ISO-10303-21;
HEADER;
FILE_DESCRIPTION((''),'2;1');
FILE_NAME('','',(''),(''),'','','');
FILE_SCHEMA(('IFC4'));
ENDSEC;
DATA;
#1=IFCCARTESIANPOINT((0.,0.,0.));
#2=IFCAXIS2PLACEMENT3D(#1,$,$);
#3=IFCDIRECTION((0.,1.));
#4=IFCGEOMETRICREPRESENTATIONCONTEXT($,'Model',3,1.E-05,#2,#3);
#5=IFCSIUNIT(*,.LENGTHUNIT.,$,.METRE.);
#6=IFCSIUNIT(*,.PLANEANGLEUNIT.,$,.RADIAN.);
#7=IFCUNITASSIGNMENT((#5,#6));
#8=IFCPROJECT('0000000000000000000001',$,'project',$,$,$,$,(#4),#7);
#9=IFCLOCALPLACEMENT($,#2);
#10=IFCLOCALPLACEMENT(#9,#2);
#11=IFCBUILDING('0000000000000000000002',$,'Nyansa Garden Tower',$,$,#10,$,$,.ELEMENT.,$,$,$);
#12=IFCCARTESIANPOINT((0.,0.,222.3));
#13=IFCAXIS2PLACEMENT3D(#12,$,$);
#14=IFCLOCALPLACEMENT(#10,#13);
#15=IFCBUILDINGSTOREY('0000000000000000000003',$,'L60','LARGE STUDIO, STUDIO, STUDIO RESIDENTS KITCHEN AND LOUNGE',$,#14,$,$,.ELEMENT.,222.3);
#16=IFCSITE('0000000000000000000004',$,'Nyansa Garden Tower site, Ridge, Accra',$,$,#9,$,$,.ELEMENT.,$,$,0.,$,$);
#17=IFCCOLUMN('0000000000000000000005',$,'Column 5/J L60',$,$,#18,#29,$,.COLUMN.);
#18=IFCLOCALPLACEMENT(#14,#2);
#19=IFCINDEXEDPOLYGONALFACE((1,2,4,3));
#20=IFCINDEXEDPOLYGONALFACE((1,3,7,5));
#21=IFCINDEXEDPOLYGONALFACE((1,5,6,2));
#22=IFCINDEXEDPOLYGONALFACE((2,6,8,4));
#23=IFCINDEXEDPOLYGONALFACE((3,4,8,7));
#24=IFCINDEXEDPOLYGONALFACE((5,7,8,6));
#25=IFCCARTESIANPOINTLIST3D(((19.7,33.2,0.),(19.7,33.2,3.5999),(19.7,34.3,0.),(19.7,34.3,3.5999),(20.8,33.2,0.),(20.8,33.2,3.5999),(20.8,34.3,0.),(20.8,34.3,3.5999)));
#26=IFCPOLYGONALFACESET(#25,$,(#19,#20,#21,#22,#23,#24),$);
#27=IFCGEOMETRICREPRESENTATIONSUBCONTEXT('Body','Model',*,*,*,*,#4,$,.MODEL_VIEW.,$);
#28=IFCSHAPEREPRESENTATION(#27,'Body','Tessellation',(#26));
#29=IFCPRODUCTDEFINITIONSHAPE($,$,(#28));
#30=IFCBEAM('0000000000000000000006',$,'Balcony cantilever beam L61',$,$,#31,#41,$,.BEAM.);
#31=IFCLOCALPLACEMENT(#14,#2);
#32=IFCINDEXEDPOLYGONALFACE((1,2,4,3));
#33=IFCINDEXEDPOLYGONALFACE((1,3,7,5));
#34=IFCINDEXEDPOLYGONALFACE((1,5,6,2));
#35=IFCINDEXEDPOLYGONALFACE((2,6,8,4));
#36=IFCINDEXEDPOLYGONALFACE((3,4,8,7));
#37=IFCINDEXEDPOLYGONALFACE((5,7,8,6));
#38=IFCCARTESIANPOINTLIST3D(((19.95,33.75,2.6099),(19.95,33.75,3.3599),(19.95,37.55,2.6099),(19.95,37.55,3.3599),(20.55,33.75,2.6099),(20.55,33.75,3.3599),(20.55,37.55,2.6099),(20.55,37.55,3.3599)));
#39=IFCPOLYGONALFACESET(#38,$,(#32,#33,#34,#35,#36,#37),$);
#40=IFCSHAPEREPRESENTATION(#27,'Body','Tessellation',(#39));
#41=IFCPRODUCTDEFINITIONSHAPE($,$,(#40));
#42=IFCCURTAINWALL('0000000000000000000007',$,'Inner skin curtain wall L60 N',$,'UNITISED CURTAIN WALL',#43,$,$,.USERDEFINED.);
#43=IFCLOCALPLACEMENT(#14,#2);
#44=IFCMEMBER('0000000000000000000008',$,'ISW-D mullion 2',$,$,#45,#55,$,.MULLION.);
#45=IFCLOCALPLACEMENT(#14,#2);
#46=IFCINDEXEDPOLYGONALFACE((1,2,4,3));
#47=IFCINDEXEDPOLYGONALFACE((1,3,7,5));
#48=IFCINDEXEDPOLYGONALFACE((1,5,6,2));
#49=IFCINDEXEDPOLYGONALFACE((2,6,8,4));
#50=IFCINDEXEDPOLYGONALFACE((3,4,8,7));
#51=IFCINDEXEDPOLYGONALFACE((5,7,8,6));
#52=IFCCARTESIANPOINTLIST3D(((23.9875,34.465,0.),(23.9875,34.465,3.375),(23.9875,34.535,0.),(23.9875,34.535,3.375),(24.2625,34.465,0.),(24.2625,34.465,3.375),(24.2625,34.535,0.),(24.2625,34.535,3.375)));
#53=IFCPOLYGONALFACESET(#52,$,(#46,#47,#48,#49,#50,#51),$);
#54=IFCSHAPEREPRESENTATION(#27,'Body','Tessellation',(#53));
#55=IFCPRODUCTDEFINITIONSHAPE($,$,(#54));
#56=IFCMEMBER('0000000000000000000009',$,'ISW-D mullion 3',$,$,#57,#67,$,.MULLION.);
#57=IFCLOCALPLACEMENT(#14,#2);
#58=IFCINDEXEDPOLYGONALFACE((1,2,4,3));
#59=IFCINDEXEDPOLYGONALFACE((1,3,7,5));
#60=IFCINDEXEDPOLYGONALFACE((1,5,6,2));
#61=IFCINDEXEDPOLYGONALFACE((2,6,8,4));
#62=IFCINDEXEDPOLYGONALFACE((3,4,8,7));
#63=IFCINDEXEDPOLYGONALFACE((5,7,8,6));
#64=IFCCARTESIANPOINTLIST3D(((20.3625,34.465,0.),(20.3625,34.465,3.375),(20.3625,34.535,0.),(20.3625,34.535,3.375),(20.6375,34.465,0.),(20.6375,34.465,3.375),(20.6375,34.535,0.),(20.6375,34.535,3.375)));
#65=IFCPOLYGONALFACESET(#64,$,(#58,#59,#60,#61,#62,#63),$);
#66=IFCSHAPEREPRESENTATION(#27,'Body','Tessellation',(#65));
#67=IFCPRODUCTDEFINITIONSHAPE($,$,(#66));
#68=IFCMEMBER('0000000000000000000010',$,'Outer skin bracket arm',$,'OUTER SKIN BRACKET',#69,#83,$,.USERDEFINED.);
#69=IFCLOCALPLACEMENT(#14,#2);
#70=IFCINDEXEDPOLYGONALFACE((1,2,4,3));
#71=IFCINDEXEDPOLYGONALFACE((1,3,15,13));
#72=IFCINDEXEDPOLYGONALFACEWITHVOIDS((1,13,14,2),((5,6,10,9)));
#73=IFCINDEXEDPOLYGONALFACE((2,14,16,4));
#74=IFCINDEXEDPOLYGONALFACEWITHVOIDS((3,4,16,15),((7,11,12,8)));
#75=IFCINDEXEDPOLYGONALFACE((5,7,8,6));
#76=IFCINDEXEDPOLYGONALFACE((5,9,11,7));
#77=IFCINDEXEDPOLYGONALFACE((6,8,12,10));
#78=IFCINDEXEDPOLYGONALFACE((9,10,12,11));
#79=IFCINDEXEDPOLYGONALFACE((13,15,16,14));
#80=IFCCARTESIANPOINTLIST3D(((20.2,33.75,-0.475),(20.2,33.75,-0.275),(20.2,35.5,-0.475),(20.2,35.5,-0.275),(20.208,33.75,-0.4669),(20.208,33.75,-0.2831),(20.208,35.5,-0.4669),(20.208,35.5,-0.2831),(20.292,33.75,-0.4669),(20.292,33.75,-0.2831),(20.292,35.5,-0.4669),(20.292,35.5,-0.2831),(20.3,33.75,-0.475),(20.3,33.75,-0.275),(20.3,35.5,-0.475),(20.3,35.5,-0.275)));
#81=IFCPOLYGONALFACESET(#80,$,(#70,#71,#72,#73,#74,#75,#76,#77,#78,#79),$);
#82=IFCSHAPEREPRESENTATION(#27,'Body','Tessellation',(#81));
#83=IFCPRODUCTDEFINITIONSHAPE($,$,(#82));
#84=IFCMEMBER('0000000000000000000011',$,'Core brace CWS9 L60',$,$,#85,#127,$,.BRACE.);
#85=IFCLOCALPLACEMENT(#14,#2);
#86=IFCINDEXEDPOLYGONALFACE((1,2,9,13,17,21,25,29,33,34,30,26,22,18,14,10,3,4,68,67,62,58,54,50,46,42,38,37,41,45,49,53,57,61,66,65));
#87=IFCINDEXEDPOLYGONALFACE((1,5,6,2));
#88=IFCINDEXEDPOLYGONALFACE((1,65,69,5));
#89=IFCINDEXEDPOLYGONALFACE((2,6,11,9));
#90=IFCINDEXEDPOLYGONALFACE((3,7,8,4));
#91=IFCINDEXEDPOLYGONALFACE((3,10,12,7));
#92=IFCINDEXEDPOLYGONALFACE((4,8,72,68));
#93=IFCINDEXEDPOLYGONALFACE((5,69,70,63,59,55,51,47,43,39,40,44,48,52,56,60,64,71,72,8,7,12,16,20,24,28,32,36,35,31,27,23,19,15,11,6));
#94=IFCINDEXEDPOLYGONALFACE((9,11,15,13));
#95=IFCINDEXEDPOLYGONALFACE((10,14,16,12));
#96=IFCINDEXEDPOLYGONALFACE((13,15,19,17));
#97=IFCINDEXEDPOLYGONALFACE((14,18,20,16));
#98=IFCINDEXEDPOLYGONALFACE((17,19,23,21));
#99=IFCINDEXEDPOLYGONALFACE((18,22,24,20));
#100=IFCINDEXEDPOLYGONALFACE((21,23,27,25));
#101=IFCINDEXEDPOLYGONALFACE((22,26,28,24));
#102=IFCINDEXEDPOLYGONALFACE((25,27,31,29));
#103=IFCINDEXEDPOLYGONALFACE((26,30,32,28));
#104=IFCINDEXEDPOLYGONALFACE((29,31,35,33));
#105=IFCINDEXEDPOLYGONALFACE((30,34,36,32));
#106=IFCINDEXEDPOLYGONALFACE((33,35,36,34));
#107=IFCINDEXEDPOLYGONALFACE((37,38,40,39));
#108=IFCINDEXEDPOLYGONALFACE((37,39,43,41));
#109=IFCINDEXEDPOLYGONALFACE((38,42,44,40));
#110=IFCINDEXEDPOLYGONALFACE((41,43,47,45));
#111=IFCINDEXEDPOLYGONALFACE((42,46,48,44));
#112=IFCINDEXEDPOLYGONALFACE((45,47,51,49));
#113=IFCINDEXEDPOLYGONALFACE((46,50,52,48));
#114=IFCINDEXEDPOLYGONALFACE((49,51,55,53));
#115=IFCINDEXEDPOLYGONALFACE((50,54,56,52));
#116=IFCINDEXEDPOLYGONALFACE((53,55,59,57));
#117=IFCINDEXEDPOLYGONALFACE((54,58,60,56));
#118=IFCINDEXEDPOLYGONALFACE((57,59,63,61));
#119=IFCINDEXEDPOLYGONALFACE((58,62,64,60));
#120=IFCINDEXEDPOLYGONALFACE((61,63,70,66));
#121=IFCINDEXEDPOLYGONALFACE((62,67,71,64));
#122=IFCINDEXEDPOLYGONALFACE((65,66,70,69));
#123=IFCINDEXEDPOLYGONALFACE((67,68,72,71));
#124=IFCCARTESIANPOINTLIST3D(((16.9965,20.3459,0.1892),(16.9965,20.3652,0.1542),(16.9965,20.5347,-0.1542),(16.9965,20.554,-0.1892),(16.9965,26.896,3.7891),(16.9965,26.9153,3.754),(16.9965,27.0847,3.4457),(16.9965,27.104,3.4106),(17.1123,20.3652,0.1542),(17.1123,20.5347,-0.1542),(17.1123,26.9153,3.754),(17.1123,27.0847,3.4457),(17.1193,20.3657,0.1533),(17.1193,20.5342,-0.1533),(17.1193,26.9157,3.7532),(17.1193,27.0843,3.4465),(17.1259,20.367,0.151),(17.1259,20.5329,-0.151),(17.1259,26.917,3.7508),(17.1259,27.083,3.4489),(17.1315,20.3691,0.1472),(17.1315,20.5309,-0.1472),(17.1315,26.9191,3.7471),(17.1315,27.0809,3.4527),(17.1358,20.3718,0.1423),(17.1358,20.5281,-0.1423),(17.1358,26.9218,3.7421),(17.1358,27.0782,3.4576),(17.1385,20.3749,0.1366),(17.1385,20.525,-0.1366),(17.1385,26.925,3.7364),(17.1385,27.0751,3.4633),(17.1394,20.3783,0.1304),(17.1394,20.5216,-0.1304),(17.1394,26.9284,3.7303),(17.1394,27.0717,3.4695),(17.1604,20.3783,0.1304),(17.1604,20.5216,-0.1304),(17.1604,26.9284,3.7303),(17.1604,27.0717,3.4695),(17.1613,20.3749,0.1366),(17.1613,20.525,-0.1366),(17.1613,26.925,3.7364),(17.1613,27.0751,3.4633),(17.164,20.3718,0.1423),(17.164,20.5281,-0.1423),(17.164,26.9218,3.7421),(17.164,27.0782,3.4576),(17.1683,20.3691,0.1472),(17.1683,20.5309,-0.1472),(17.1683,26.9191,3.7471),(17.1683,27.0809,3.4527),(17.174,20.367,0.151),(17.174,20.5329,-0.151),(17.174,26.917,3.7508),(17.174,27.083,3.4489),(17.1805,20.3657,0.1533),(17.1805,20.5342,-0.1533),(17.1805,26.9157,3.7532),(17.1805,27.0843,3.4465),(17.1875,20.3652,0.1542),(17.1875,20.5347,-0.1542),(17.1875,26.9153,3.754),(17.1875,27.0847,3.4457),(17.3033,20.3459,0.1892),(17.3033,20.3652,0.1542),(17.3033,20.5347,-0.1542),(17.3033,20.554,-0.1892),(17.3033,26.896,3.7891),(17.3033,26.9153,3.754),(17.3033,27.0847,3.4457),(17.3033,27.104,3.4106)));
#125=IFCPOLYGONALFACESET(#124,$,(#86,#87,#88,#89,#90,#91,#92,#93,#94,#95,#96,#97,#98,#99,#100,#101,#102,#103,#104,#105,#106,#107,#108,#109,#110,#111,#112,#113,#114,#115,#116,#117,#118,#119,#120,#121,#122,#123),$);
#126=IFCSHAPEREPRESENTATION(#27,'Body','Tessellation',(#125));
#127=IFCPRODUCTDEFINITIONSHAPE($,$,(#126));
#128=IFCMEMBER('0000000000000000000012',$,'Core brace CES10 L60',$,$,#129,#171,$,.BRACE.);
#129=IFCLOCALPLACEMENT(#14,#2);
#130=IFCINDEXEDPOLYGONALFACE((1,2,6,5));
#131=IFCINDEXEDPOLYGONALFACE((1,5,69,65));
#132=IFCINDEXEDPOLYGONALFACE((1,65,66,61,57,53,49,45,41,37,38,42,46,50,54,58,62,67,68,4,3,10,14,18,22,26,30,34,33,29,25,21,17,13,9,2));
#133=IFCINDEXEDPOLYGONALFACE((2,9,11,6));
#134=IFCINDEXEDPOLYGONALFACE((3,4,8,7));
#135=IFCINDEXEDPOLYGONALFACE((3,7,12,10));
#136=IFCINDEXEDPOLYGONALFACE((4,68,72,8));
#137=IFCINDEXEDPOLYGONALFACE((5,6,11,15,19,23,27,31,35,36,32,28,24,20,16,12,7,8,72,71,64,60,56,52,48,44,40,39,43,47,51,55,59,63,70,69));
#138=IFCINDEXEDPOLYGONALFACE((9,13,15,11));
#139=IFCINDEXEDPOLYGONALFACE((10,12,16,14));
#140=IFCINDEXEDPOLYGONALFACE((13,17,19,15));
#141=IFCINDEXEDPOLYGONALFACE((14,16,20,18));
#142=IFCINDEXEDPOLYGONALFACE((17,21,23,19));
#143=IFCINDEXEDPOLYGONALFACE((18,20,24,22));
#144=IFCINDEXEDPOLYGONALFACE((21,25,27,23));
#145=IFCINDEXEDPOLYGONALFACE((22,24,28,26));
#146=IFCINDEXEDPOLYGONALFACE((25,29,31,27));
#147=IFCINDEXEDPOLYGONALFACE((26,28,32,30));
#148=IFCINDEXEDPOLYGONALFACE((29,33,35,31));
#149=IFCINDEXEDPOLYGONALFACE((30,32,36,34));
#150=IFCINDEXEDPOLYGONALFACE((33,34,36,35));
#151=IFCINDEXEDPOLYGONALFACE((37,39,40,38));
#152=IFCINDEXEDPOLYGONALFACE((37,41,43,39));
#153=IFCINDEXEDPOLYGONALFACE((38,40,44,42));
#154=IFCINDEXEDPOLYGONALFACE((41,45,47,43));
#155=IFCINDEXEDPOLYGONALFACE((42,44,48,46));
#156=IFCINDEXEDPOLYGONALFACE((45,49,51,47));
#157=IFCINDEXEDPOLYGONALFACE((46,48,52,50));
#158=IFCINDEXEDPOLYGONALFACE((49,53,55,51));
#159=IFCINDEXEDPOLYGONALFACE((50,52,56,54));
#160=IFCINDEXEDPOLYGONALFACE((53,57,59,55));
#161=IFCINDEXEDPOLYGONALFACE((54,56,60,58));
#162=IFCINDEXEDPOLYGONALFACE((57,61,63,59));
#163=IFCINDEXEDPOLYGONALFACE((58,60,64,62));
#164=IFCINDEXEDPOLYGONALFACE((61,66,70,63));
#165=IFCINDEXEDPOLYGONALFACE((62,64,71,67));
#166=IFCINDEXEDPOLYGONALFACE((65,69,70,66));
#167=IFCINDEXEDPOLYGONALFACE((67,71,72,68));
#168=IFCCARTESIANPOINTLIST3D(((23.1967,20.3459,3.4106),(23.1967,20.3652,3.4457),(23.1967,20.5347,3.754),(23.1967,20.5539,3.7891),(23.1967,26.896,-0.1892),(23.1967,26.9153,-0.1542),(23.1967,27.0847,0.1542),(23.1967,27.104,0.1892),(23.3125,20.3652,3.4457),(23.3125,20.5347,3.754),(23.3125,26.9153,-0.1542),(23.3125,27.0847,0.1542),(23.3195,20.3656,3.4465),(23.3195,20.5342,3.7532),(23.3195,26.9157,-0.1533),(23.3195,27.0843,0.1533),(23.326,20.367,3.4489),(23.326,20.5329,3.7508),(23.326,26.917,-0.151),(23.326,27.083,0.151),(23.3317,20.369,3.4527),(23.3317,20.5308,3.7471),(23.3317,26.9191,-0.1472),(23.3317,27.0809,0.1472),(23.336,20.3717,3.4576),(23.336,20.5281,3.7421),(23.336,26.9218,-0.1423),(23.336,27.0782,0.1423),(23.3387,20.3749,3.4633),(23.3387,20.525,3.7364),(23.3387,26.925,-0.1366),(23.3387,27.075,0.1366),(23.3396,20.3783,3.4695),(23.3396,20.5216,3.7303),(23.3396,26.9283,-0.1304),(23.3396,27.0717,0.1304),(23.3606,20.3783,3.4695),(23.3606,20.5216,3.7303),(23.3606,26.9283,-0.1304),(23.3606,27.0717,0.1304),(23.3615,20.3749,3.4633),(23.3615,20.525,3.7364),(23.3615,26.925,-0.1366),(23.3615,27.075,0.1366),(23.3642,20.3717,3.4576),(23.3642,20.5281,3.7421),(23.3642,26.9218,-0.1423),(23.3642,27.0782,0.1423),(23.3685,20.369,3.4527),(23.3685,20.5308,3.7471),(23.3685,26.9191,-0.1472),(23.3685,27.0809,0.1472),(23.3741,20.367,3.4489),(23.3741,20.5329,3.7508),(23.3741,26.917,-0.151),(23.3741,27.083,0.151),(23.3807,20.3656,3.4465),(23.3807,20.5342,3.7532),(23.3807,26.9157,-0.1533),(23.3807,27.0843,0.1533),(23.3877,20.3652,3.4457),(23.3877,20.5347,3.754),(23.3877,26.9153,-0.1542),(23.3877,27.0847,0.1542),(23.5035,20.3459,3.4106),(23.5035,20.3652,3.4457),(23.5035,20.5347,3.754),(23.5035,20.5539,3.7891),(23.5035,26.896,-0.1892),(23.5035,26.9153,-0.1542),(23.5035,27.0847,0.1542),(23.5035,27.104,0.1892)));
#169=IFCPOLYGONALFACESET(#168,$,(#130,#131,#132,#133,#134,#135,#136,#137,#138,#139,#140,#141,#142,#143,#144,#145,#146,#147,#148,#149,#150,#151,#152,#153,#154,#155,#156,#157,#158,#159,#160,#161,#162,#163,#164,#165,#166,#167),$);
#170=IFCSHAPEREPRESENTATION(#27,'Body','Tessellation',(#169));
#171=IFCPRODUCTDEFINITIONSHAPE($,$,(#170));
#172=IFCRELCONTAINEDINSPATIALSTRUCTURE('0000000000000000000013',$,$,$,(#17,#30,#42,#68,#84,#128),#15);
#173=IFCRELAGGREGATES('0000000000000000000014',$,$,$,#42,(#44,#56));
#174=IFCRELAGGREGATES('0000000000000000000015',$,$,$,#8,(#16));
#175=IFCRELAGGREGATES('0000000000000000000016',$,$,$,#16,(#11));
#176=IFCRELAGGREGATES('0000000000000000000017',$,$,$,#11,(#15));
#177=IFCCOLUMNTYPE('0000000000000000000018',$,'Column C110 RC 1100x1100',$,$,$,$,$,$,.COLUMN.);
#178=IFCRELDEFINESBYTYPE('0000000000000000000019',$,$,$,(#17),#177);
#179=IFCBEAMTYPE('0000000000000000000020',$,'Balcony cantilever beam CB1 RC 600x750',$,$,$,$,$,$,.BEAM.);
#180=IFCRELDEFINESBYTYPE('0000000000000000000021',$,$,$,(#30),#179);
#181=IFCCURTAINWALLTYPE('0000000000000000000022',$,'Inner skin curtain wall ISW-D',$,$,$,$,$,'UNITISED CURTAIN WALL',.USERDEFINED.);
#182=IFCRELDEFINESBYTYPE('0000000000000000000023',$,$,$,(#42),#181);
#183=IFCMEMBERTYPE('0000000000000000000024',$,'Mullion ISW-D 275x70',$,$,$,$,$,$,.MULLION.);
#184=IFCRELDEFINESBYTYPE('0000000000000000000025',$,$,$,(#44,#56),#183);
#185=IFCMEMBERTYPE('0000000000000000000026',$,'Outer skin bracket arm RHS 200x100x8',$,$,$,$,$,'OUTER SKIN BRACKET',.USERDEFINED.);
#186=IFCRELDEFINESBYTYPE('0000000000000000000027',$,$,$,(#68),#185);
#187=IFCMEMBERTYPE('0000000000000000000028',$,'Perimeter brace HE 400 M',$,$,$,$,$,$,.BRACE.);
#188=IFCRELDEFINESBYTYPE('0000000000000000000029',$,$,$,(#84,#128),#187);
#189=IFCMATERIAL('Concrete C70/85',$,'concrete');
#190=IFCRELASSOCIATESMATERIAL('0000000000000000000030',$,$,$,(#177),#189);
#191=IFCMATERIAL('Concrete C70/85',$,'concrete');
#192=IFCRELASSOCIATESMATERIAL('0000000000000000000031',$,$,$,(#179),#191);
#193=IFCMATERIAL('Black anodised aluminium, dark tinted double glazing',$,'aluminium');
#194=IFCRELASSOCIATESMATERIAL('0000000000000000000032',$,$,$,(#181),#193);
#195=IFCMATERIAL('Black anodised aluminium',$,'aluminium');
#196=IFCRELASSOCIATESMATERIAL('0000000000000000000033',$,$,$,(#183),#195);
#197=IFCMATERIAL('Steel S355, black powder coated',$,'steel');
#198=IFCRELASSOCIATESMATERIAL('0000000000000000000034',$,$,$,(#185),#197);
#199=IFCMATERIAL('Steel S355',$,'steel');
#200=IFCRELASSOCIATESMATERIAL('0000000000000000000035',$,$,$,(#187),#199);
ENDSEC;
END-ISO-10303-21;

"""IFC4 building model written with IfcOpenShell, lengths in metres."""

from ifc_helpers import new_model, si_unit, direction, frame, origin, origin_2d, place, context, subcontext, project, spatial, rectangle, hollow_rectangle, i_section, extrude, material, material_profile, profile_set, type_object, element, aggregate, save


model = new_model("IFC4")

# Units and contexts
model_context = context("Model", 3, precision=1e-05, world=origin(), true_north=direction((0.0, 1.0)))
body_context = subcontext(model_context, "Body", "Model", "MODEL_VIEW")
ifc_project = project(units=[si_unit("LENGTHUNIT", "METRE"), si_unit("PLANEANGLEUNIT", "RADIAN")], contexts=[model_context])

# Site, building, storey
site_placement = place(None, origin())
site = spatial("IfcSite", under=ifc_project, at=site_placement, Name="Nyansa Garden Tower site, Ridge, Accra", CompositionType="ELEMENT", RefElevation=0.0)
building_placement = place(site_placement, origin())
building = spatial("IfcBuilding", under=site, at=building_placement, Name="Nyansa Garden Tower", CompositionType="ELEMENT")
storey_placement = place(building_placement, frame((0.0, 0.0, 222.3)))
storey = spatial("IfcBuildingStorey", under=building, at=storey_placement, Name="L60", Description="LARGE STUDIO, STUDIO, STUDIO RESIDENTS KITCHEN AND LOUNGE", CompositionType="ELEMENT", Elevation=222.3)

# Column
ifc_material_1 = material(Name="Concrete C70/85", Category="concrete")
ifc_material_profile_1 = material_profile(ifc_material_1, rectangle(XDim=1.1001, YDim=1.1001, at=origin_2d()), Name="RC 1100x1100")
ifc_profile_set_1 = profile_set([ifc_material_profile_1], Name="Concrete C70/85")
column_type = type_object("IfcColumnType", Name="Column C110 RC 1100x1100", PredefinedType="COLUMN", material=ifc_profile_set_1)
column_placement = place(storey_placement, frame((20.25, 33.75, 0.0), z_axis=(0.0, 0.0, 1.0), x_axis=(1.0, 0.0, 0.0)))
element("IfcColumn", 1, at=column_placement, inside=storey, type_object=column_type, Name="Column 5/J L60", PredefinedType="COLUMN", context=body_context, shape_type="SweptSolid", body=[
    extrude(rectangle(XDim=1.1001, YDim=1.1001, at=origin_2d()), origin(), (0.0, 0.0, 1.0), 3.5999),
])

# Beam
ifc_material_2 = material(Name="Concrete C70/85", Category="concrete")
ifc_material_profile_2 = material_profile(ifc_material_2, rectangle(XDim=0.6001, YDim=0.75, at=origin_2d()), Name="RC 600x750")
ifc_profile_set_2 = profile_set([ifc_material_profile_2], Name="Concrete C70/85")
beam_type_1 = type_object("IfcBeamType", Name="Balcony cantilever beam CB1 RC 600x750", PredefinedType="BEAM", material=ifc_profile_set_2)
beam_1_placement = place(storey_placement, frame((20.25, 33.75, 2.9849), z_axis=(0.0, 1.0, 0.0), x_axis=(-1.0, 0.0, 0.0)))
element("IfcBeam", 2, at=beam_1_placement, inside=storey, type_object=beam_type_1, Name="Balcony cantilever beam L61", PredefinedType="BEAM", context=body_context, shape_type="SweptSolid", body=[
    extrude(rectangle(XDim=0.6001, YDim=0.75, at=origin_2d()), origin(), (0.0, 0.0, 1.0), 3.8),
])

# Curtain wall, members
ifc_material_3 = material(Name="Black anodised aluminium, dark tinted double glazing", Category="aluminium")
curtain_wall_type = type_object("IfcCurtainWallType", Name="Inner skin curtain wall ISW-D", ElementType="UNITISED CURTAIN WALL", PredefinedType="USERDEFINED", material=ifc_material_3)
curtain_wall_placement = place(storey_placement, origin())
curtain_wall = element("IfcCurtainWall", 3, at=curtain_wall_placement, inside=storey, type_object=curtain_wall_type, Name="Inner skin curtain wall L60 N", ObjectType="UNITISED CURTAIN WALL", PredefinedType="USERDEFINED")
ifc_material_4 = material(Name="Black anodised aluminium", Category="aluminium")
ifc_material_profile_3 = material_profile(ifc_material_4, rectangle(XDim=0.0701, YDim=0.2749, at=origin_2d()), Name="Mullion 275x70")
ifc_profile_set_3 = profile_set([ifc_material_profile_3], Name="Black anodised aluminium")
member_type_1 = type_object("IfcMemberType", Name="Mullion ISW-D 275x70", PredefinedType="MULLION", material=ifc_profile_set_3)
member_1_placement = place(storey_placement, frame((24.125, 34.5, 0.0), z_axis=(0.0, 0.0, 1.0), x_axis=(0.0, -1.0, 0.0)))
member_1 = element("IfcMember", 4, at=member_1_placement, type_object=member_type_1, Name="ISW-D mullion 2", PredefinedType="MULLION", context=body_context, shape_type="SweptSolid", body=[
    extrude(rectangle(XDim=0.0701, YDim=0.2749, at=origin_2d()), origin(), (0.0, 0.0, 1.0), 3.375),
])
member_2_placement = place(storey_placement, frame((20.5, 34.5, 0.0), z_axis=(0.0, 0.0, 1.0), x_axis=(0.0, -1.0, 0.0)))
member_2 = element("IfcMember", 5, at=member_2_placement, type_object=member_type_1, Name="ISW-D mullion 3", PredefinedType="MULLION", context=body_context, shape_type="SweptSolid", body=[
    extrude(rectangle(XDim=0.0701, YDim=0.2749, at=origin_2d()), origin(), (0.0, 0.0, 1.0), 3.375),
])

# Members
ifc_material_5 = material(Name="Steel S355, black powder coated", Category="steel")
ifc_material_profile_4 = material_profile(ifc_material_5, hollow_rectangle(XDim=0.1001, YDim=0.2, WallThickness=0.0081, at=origin_2d()), Name="RHS 200x100x8")
ifc_profile_set_4 = profile_set([ifc_material_profile_4], Name="Steel S355, black powder coated")
member_type_2 = type_object("IfcMemberType", Name="Outer skin bracket arm RHS 200x100x8", ElementType="OUTER SKIN BRACKET", PredefinedType="USERDEFINED", material=ifc_profile_set_4)
member_3_placement = place(storey_placement, frame((20.25, 33.75, -0.375), z_axis=(0.0, 1.0, 0.0), x_axis=(-1.0, 0.0, 0.0)))
element("IfcMember", 6, at=member_3_placement, inside=storey, type_object=member_type_2, Name="Outer skin bracket arm", ObjectType="OUTER SKIN BRACKET", PredefinedType="USERDEFINED", context=body_context, shape_type="SweptSolid", body=[
    extrude(hollow_rectangle(XDim=0.1001, YDim=0.2, WallThickness=0.0081, at=origin_2d()), origin(), (0.0, 0.0, 1.0), 1.75),
])
ifc_material_6 = material(Name="Steel S355", Category="steel")
ifc_material_profile_5 = material_profile(ifc_material_6, i_section(OverallWidth=0.3069, OverallDepth=0.4319, WebThickness=0.021, FlangeThickness=0.04, FilletRadius=0.0271, at=origin_2d()), Name="HE 400 M")
ifc_profile_set_5 = profile_set([ifc_material_profile_5], Name="Steel S355")
member_type_3 = type_object("IfcMemberType", Name="Perimeter brace HE 400 M", PredefinedType="BRACE", material=ifc_profile_set_5)
for number, where, z_axis, x_axis, name in (
    (7, (17.1499, 20.45, 0.0), (0.0, 0.876367, 0.481644), (-1.0, 0.0, 0.0), "Core brace CWS9 L60"),
    (8, (23.3501, 27.0, 0.0), (0.0, -0.876367, 0.481644), (1.0, 0.0, 0.0), "Core brace CES10 L60"),
):
    element("IfcMember", number, at=place(storey_placement, frame(where, z_axis=z_axis, x_axis=x_axis)), inside=storey, type_object=member_type_3, Name=name, PredefinedType="BRACE", context=body_context, shape_type="SweptSolid", body=[
        extrude(i_section(OverallWidth=0.3069, OverallDepth=0.4319, WebThickness=0.021, FlangeThickness=0.04, FilletRadius=0.0271, at=origin_2d()), origin(), (0.0, 0.0, 1.0), 7.4741),
    ])

aggregate(curtain_wall, [member_1, member_2])

save(model, "model.ifc")
